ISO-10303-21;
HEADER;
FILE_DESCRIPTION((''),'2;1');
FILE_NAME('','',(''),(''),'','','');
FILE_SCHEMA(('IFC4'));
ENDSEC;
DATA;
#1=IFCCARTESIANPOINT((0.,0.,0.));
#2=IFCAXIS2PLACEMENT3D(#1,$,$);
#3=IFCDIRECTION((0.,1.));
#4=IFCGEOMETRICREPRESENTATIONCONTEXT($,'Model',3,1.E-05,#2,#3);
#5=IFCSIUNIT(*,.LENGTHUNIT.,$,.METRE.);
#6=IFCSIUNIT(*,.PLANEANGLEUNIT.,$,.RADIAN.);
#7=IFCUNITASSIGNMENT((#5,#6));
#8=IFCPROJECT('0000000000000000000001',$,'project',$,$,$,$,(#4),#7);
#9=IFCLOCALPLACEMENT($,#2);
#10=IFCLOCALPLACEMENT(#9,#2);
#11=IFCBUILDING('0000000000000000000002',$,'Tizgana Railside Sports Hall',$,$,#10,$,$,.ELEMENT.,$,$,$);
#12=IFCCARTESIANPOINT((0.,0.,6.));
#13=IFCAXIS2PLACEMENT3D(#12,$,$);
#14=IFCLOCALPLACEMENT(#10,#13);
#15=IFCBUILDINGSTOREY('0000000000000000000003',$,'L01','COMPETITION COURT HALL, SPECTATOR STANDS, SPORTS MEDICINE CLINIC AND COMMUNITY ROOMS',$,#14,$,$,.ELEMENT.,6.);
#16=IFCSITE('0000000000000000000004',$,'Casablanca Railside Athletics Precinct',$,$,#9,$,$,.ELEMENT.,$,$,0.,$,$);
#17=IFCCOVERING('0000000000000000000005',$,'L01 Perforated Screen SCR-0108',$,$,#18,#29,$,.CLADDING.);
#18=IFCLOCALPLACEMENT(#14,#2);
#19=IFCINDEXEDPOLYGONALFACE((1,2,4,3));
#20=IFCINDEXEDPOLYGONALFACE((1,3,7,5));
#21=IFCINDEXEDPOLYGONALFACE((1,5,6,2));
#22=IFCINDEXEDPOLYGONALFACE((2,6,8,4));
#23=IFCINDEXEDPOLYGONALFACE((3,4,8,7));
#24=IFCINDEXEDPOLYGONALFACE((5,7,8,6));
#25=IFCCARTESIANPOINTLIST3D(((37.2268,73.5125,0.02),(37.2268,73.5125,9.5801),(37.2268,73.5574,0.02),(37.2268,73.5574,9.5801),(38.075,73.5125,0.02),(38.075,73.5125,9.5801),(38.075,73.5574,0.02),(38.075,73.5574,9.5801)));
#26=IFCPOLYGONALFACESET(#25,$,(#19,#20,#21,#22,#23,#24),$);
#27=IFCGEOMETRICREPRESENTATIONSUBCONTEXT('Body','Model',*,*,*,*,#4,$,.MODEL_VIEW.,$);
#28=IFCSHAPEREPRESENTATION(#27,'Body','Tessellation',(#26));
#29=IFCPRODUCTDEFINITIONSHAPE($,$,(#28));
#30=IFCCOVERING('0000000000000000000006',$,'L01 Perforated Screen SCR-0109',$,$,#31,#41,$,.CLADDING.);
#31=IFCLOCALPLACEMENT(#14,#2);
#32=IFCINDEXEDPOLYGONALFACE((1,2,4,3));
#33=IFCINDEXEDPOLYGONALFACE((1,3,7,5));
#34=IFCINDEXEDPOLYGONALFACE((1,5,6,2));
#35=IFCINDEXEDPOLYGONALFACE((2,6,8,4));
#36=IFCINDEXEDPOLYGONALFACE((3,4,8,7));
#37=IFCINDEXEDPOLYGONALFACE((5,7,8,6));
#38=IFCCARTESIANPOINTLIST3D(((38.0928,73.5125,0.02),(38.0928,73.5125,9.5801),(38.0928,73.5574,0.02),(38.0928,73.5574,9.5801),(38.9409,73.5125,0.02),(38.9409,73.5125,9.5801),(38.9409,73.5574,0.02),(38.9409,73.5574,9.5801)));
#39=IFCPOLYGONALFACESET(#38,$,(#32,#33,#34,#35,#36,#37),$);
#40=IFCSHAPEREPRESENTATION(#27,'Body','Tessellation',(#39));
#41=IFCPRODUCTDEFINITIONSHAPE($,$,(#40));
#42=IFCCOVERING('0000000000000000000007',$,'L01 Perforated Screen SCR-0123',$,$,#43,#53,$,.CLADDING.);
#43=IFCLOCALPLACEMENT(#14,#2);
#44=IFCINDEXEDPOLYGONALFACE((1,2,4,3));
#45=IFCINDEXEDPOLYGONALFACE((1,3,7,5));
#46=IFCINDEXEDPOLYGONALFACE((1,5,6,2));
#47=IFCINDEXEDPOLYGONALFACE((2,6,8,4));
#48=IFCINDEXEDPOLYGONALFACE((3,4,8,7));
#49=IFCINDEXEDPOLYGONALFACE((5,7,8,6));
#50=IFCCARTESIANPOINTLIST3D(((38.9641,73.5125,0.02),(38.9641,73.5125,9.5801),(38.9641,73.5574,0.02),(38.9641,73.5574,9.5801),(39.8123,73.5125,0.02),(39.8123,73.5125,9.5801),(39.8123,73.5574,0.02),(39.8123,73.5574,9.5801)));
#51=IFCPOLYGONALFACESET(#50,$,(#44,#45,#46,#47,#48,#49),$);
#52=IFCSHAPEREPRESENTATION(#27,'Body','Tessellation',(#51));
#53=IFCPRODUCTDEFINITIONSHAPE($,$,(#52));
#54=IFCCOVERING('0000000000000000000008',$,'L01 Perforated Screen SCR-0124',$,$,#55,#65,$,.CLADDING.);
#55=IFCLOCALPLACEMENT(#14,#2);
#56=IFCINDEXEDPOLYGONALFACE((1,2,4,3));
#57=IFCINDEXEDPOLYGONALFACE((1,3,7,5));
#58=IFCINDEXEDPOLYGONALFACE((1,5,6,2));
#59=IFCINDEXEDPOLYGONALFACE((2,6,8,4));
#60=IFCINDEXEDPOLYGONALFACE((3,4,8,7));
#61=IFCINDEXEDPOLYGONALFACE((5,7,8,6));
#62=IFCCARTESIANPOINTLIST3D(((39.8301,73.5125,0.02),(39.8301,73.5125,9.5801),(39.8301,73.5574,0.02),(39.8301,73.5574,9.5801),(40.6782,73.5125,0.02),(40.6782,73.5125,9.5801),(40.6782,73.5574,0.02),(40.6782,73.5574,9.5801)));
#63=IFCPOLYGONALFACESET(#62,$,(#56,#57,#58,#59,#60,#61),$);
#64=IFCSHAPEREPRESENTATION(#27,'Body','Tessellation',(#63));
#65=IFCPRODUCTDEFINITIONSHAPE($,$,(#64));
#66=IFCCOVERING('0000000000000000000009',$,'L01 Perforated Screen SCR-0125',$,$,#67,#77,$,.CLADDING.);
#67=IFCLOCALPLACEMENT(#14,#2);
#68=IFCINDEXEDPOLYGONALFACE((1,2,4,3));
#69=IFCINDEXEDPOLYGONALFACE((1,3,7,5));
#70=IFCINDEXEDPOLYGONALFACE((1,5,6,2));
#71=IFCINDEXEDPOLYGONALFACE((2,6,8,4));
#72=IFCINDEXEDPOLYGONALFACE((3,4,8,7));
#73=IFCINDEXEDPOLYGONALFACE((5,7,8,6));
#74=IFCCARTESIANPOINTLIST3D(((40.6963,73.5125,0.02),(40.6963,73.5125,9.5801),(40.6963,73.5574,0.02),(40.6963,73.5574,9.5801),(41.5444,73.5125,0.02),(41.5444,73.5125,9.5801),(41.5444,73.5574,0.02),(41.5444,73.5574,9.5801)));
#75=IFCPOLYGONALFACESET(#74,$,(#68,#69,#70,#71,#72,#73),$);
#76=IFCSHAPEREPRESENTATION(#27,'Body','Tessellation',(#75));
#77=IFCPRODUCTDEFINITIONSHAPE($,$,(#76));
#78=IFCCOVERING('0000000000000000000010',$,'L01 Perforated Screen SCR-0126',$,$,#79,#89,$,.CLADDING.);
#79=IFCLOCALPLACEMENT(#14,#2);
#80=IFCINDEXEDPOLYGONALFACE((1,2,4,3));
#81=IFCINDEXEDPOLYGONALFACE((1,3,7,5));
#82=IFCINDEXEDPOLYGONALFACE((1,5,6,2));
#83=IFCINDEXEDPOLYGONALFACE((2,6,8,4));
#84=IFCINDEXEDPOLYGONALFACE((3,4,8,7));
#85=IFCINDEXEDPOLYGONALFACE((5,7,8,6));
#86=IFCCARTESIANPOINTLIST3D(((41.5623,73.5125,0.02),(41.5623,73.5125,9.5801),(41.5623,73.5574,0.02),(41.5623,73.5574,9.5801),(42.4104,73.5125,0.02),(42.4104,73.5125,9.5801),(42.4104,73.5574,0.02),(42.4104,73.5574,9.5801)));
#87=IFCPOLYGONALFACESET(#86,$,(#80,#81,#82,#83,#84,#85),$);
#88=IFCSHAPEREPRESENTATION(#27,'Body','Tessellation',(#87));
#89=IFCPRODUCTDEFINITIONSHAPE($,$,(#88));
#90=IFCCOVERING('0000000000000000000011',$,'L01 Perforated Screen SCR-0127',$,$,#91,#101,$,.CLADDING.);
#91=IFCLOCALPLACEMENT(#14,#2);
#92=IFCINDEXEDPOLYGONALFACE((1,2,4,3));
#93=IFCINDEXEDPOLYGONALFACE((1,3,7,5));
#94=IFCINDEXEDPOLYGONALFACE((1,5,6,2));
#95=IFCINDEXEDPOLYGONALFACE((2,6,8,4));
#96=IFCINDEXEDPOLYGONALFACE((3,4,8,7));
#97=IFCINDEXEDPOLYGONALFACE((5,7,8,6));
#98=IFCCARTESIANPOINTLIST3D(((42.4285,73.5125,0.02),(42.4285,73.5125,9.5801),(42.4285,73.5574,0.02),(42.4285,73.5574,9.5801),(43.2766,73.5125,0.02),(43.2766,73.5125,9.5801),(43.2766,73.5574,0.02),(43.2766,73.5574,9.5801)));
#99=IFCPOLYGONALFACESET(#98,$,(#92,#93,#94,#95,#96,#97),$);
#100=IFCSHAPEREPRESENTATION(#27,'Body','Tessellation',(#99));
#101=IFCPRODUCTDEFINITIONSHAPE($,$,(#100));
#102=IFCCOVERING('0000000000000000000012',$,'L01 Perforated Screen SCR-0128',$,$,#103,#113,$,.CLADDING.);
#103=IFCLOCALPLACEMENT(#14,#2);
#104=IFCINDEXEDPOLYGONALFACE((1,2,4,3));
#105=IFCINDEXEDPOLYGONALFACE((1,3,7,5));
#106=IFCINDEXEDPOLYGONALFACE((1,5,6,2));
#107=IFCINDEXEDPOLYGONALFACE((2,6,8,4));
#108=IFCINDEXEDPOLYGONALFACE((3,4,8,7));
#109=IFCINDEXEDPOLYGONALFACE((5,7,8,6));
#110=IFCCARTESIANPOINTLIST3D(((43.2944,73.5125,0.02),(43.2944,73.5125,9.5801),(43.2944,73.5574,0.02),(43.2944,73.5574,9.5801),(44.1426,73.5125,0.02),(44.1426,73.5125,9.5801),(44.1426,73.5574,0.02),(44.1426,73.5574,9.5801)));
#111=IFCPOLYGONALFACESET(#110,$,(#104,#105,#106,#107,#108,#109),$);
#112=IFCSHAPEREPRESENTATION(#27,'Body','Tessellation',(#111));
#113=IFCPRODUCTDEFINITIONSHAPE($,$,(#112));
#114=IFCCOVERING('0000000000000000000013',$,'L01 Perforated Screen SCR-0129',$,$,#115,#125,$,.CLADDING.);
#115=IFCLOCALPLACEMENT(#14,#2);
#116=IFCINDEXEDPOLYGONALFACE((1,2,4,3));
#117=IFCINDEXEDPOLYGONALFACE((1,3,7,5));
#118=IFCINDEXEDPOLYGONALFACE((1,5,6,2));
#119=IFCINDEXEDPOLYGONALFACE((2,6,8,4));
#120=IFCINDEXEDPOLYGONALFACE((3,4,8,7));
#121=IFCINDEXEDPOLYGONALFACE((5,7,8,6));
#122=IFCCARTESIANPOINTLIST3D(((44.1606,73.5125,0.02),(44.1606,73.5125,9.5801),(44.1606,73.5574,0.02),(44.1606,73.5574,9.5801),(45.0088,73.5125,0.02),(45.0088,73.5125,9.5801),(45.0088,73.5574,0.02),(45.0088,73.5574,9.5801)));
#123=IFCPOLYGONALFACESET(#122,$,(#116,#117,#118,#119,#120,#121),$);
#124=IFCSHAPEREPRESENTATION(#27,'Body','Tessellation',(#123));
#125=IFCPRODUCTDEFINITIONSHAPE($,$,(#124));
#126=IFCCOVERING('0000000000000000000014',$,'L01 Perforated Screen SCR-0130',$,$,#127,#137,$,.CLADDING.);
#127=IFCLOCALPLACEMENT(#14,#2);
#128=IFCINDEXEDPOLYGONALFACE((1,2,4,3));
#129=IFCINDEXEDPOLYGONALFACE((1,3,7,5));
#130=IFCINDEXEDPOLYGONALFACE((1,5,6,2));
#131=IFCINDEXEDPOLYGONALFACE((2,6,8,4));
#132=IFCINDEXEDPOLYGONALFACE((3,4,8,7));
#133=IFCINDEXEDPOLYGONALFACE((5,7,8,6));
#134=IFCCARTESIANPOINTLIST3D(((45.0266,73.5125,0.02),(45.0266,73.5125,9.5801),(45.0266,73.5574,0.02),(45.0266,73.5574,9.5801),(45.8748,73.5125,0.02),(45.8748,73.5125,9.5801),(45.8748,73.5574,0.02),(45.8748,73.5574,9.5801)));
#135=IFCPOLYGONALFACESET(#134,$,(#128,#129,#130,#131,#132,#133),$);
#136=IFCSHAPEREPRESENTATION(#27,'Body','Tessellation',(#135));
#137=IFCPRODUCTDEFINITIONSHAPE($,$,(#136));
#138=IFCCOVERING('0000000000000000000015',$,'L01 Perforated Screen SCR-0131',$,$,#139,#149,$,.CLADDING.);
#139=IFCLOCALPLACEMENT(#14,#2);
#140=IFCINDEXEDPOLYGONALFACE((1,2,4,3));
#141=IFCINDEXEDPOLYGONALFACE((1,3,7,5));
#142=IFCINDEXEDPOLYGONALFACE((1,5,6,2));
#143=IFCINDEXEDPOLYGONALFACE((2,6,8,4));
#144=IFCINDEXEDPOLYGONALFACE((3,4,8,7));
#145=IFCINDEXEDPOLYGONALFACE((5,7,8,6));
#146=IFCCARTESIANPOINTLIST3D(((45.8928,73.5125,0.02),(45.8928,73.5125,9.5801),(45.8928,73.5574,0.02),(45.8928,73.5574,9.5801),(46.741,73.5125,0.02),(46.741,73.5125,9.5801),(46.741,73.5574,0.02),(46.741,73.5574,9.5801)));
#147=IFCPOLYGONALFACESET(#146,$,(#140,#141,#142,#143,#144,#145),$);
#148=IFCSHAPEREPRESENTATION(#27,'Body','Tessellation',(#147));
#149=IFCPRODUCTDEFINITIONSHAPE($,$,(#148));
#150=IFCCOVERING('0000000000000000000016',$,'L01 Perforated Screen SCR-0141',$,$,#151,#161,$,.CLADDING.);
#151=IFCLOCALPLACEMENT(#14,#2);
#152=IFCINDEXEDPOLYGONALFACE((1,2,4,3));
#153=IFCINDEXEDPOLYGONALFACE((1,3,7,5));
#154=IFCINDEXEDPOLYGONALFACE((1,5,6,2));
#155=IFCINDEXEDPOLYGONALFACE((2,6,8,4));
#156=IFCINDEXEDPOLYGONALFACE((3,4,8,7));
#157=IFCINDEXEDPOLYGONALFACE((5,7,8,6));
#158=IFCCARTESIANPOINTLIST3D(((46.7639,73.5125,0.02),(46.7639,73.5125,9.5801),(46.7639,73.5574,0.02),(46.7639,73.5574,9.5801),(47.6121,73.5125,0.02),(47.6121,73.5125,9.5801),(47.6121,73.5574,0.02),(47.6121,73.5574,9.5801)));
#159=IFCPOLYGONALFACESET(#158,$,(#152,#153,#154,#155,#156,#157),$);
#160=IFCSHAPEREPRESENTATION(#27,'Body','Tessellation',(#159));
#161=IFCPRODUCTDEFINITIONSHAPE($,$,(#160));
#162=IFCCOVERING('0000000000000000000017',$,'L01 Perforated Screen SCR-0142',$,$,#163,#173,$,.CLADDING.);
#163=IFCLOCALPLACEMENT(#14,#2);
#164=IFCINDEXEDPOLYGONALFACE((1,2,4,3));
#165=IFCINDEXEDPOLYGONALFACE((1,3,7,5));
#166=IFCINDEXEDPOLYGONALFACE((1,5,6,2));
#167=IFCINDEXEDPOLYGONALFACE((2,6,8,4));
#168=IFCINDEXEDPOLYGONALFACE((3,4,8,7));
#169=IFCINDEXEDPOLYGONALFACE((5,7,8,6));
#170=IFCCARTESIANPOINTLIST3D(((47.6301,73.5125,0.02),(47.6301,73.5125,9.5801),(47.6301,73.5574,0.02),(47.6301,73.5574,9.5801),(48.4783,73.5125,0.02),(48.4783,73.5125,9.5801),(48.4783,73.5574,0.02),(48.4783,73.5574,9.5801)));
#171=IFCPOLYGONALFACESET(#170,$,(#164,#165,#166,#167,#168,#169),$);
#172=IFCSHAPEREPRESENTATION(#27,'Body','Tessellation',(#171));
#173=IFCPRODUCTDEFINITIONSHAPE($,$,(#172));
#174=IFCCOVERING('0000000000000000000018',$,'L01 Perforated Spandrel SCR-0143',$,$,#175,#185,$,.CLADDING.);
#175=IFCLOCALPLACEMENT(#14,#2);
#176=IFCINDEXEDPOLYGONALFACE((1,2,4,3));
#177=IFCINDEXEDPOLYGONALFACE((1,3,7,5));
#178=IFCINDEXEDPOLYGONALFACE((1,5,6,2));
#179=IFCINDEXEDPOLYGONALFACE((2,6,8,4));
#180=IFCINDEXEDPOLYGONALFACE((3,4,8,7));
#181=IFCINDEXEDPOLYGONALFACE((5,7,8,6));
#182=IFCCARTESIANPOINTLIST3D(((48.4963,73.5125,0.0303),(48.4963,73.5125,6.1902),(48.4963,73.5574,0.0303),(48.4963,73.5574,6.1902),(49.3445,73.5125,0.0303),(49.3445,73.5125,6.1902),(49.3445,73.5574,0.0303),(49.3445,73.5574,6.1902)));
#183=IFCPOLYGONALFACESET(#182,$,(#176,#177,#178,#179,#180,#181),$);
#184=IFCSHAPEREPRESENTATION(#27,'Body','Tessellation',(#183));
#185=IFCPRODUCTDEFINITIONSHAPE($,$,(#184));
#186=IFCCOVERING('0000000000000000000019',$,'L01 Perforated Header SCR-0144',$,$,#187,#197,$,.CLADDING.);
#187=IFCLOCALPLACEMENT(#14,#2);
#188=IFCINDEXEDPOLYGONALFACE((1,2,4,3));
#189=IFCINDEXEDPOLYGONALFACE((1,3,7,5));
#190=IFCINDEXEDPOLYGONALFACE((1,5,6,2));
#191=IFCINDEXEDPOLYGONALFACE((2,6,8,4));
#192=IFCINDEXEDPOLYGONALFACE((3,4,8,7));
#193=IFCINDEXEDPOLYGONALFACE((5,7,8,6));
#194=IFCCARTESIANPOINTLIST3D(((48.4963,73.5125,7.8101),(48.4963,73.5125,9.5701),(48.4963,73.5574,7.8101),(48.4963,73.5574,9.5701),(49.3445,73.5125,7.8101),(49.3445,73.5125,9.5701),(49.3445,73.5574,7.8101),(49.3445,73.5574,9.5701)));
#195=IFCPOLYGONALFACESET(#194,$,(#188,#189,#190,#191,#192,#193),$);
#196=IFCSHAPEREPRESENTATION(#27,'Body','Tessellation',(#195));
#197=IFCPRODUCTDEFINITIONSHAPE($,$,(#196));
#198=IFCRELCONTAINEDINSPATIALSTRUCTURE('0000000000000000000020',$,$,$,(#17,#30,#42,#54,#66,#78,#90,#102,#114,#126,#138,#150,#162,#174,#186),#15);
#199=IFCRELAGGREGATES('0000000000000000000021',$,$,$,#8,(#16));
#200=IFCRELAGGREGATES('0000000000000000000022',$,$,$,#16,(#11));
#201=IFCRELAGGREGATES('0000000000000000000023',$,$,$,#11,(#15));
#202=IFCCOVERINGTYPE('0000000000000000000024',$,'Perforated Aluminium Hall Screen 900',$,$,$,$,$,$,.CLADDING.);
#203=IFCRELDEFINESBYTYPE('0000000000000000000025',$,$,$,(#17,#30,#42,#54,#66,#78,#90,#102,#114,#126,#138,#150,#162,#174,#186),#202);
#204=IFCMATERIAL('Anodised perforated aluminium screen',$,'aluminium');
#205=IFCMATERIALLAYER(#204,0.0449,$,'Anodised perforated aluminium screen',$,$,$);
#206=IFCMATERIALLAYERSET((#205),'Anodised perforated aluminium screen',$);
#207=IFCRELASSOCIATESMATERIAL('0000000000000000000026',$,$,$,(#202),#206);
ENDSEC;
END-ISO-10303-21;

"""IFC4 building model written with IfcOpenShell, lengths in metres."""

from ifc_helpers import new_model, si_unit, direction, frame, origin, origin_2d, place, context, subcontext, project, spatial, rectangle, extrude, material, layer, layer_set, type_object, element, save


model = new_model("IFC4")

# Units and contexts
model_context = context("Model", 3, precision=1e-05, world=origin(), true_north=direction((0.0, 1.0)))
body_context = subcontext(model_context, "Body", "Model", "MODEL_VIEW")
ifc_project = project(units=[si_unit("LENGTHUNIT", "METRE"), si_unit("PLANEANGLEUNIT", "RADIAN")], contexts=[model_context])

# Site, building, storey
site_placement = place(None, origin())
site = spatial("IfcSite", under=ifc_project, at=site_placement, Name="Casablanca Railside Athletics Precinct", CompositionType="ELEMENT", RefElevation=0.0)
building_placement = place(site_placement, origin())
building = spatial("IfcBuilding", under=site, at=building_placement, Name="Tizgana Railside Sports Hall", CompositionType="ELEMENT")
storey_placement = place(building_placement, frame((0.0, 0.0, 6.0)))
storey = spatial("IfcBuildingStorey", under=building, at=storey_placement, Name="L01", Description="COMPETITION COURT HALL, SPECTATOR STANDS, SPORTS MEDICINE CLINIC AND COMMUNITY ROOMS", CompositionType="ELEMENT", Elevation=6.0)

# Coverings
ifc_material_1 = material(Name="Anodised perforated aluminium screen", Category="aluminium")
ifc_layer_1 = layer(ifc_material_1, 0.0449, Name="Anodised perforated aluminium screen")
ifc_layer_set_1 = layer_set([ifc_layer_1], Name="Anodised perforated aluminium screen")
covering_type = type_object("IfcCoveringType", Name="Perforated Aluminium Hall Screen 900", PredefinedType="CLADDING", material=ifc_layer_set_1)
for number, where, z_axis, x_axis, name in (
    (1, (37.6509, 73.5349, 0.02), (0.0, 0.0, 1.0), (1.0, 0.0, 0.0), "L01 Perforated Screen SCR-0108"),
    (2, (38.5168, 73.5349, 0.02), (0.0, 0.0, 1.0), (1.0, 0.0, 0.0), "L01 Perforated Screen SCR-0109"),
    (3, (39.3882, 73.5349, 0.02), (0.0, 0.0, 1.0), (1.0, 0.0, 0.0), "L01 Perforated Screen SCR-0123"),
    (4, (40.2542, 73.5349, 0.02), (0.0, 0.0, 1.0), (1.0, 0.0, 0.0), "L01 Perforated Screen SCR-0124"),
    (5, (41.1204, 73.5349, 0.02), (0.0, 0.0, 1.0), (1.0, 0.0, 0.0), "L01 Perforated Screen SCR-0125"),
    (6, (41.9863, 73.5349, 0.02), (0.0, 0.0, 1.0), (1.0, 0.0, 0.0), "L01 Perforated Screen SCR-0126"),
    (7, (42.8525, 73.5349, 0.02), (0.0, 0.0, 1.0), (1.0, 0.0, 0.0), "L01 Perforated Screen SCR-0127"),
    (8, (43.7185, 73.5349, 0.02), (0.0, 0.0, 1.0), (1.0, 0.0, 0.0), "L01 Perforated Screen SCR-0128"),
    (9, (44.5847, 73.5349, 0.02), (0.0, 0.0, 1.0), (1.0, 0.0, 0.0), "L01 Perforated Screen SCR-0129"),
    (10, (45.4507, 73.5349, 0.02), (0.0, 0.0, 1.0), (1.0, 0.0, 0.0), "L01 Perforated Screen SCR-0130"),
    (11, (46.3169, 73.5349, 0.02), (0.0, 0.0, 1.0), (1.0, 0.0, 0.0), "L01 Perforated Screen SCR-0131"),
    (12, (47.188, 73.5349, 0.02), (0.0, 0.0, 1.0), (1.0, 0.0, 0.0), "L01 Perforated Screen SCR-0141"),
    (13, (48.0542, 73.5349, 0.02), (0.0, 0.0, 1.0), (1.0, 0.0, 0.0), "L01 Perforated Screen SCR-0142"),
):
    element("IfcCovering", number, at=place(storey_placement, frame(where, z_axis=z_axis, x_axis=x_axis)), inside=storey, type_object=covering_type, Name=name, PredefinedType="CLADDING", context=body_context, shape_type="SweptSolid", body=[
        extrude(rectangle(XDim=0.8481, YDim=0.0449, at=origin_2d()), origin(), (0.0, 0.0, 1.0), 9.5601),
    ])
covering_1_placement = place(storey_placement, frame((48.9204, 73.5349, 0.0303), z_axis=(0.0, 0.0, 1.0), x_axis=(1.0, 0.0, 0.0)))
element("IfcCovering", 14, at=covering_1_placement, inside=storey, type_object=covering_type, Name="L01 Perforated Spandrel SCR-0143", PredefinedType="CLADDING", context=body_context, shape_type="SweptSolid", body=[
    extrude(rectangle(XDim=0.8481, YDim=0.0449, at=origin_2d()), origin(), (0.0, 0.0, 1.0), 6.1599),
])
covering_2_placement = place(storey_placement, frame((48.9204, 73.5349, 7.8101), z_axis=(0.0, 0.0, 1.0), x_axis=(1.0, 0.0, 0.0)))
element("IfcCovering", 15, at=covering_2_placement, inside=storey, type_object=covering_type, Name="L01 Perforated Header SCR-0144", PredefinedType="CLADDING", context=body_context, shape_type="SweptSolid", body=[
    extrude(rectangle(XDim=0.8481, YDim=0.0449, at=origin_2d()), origin(), (0.0, 0.0, 1.0), 1.76),
])

save(model, "model.ifc")
